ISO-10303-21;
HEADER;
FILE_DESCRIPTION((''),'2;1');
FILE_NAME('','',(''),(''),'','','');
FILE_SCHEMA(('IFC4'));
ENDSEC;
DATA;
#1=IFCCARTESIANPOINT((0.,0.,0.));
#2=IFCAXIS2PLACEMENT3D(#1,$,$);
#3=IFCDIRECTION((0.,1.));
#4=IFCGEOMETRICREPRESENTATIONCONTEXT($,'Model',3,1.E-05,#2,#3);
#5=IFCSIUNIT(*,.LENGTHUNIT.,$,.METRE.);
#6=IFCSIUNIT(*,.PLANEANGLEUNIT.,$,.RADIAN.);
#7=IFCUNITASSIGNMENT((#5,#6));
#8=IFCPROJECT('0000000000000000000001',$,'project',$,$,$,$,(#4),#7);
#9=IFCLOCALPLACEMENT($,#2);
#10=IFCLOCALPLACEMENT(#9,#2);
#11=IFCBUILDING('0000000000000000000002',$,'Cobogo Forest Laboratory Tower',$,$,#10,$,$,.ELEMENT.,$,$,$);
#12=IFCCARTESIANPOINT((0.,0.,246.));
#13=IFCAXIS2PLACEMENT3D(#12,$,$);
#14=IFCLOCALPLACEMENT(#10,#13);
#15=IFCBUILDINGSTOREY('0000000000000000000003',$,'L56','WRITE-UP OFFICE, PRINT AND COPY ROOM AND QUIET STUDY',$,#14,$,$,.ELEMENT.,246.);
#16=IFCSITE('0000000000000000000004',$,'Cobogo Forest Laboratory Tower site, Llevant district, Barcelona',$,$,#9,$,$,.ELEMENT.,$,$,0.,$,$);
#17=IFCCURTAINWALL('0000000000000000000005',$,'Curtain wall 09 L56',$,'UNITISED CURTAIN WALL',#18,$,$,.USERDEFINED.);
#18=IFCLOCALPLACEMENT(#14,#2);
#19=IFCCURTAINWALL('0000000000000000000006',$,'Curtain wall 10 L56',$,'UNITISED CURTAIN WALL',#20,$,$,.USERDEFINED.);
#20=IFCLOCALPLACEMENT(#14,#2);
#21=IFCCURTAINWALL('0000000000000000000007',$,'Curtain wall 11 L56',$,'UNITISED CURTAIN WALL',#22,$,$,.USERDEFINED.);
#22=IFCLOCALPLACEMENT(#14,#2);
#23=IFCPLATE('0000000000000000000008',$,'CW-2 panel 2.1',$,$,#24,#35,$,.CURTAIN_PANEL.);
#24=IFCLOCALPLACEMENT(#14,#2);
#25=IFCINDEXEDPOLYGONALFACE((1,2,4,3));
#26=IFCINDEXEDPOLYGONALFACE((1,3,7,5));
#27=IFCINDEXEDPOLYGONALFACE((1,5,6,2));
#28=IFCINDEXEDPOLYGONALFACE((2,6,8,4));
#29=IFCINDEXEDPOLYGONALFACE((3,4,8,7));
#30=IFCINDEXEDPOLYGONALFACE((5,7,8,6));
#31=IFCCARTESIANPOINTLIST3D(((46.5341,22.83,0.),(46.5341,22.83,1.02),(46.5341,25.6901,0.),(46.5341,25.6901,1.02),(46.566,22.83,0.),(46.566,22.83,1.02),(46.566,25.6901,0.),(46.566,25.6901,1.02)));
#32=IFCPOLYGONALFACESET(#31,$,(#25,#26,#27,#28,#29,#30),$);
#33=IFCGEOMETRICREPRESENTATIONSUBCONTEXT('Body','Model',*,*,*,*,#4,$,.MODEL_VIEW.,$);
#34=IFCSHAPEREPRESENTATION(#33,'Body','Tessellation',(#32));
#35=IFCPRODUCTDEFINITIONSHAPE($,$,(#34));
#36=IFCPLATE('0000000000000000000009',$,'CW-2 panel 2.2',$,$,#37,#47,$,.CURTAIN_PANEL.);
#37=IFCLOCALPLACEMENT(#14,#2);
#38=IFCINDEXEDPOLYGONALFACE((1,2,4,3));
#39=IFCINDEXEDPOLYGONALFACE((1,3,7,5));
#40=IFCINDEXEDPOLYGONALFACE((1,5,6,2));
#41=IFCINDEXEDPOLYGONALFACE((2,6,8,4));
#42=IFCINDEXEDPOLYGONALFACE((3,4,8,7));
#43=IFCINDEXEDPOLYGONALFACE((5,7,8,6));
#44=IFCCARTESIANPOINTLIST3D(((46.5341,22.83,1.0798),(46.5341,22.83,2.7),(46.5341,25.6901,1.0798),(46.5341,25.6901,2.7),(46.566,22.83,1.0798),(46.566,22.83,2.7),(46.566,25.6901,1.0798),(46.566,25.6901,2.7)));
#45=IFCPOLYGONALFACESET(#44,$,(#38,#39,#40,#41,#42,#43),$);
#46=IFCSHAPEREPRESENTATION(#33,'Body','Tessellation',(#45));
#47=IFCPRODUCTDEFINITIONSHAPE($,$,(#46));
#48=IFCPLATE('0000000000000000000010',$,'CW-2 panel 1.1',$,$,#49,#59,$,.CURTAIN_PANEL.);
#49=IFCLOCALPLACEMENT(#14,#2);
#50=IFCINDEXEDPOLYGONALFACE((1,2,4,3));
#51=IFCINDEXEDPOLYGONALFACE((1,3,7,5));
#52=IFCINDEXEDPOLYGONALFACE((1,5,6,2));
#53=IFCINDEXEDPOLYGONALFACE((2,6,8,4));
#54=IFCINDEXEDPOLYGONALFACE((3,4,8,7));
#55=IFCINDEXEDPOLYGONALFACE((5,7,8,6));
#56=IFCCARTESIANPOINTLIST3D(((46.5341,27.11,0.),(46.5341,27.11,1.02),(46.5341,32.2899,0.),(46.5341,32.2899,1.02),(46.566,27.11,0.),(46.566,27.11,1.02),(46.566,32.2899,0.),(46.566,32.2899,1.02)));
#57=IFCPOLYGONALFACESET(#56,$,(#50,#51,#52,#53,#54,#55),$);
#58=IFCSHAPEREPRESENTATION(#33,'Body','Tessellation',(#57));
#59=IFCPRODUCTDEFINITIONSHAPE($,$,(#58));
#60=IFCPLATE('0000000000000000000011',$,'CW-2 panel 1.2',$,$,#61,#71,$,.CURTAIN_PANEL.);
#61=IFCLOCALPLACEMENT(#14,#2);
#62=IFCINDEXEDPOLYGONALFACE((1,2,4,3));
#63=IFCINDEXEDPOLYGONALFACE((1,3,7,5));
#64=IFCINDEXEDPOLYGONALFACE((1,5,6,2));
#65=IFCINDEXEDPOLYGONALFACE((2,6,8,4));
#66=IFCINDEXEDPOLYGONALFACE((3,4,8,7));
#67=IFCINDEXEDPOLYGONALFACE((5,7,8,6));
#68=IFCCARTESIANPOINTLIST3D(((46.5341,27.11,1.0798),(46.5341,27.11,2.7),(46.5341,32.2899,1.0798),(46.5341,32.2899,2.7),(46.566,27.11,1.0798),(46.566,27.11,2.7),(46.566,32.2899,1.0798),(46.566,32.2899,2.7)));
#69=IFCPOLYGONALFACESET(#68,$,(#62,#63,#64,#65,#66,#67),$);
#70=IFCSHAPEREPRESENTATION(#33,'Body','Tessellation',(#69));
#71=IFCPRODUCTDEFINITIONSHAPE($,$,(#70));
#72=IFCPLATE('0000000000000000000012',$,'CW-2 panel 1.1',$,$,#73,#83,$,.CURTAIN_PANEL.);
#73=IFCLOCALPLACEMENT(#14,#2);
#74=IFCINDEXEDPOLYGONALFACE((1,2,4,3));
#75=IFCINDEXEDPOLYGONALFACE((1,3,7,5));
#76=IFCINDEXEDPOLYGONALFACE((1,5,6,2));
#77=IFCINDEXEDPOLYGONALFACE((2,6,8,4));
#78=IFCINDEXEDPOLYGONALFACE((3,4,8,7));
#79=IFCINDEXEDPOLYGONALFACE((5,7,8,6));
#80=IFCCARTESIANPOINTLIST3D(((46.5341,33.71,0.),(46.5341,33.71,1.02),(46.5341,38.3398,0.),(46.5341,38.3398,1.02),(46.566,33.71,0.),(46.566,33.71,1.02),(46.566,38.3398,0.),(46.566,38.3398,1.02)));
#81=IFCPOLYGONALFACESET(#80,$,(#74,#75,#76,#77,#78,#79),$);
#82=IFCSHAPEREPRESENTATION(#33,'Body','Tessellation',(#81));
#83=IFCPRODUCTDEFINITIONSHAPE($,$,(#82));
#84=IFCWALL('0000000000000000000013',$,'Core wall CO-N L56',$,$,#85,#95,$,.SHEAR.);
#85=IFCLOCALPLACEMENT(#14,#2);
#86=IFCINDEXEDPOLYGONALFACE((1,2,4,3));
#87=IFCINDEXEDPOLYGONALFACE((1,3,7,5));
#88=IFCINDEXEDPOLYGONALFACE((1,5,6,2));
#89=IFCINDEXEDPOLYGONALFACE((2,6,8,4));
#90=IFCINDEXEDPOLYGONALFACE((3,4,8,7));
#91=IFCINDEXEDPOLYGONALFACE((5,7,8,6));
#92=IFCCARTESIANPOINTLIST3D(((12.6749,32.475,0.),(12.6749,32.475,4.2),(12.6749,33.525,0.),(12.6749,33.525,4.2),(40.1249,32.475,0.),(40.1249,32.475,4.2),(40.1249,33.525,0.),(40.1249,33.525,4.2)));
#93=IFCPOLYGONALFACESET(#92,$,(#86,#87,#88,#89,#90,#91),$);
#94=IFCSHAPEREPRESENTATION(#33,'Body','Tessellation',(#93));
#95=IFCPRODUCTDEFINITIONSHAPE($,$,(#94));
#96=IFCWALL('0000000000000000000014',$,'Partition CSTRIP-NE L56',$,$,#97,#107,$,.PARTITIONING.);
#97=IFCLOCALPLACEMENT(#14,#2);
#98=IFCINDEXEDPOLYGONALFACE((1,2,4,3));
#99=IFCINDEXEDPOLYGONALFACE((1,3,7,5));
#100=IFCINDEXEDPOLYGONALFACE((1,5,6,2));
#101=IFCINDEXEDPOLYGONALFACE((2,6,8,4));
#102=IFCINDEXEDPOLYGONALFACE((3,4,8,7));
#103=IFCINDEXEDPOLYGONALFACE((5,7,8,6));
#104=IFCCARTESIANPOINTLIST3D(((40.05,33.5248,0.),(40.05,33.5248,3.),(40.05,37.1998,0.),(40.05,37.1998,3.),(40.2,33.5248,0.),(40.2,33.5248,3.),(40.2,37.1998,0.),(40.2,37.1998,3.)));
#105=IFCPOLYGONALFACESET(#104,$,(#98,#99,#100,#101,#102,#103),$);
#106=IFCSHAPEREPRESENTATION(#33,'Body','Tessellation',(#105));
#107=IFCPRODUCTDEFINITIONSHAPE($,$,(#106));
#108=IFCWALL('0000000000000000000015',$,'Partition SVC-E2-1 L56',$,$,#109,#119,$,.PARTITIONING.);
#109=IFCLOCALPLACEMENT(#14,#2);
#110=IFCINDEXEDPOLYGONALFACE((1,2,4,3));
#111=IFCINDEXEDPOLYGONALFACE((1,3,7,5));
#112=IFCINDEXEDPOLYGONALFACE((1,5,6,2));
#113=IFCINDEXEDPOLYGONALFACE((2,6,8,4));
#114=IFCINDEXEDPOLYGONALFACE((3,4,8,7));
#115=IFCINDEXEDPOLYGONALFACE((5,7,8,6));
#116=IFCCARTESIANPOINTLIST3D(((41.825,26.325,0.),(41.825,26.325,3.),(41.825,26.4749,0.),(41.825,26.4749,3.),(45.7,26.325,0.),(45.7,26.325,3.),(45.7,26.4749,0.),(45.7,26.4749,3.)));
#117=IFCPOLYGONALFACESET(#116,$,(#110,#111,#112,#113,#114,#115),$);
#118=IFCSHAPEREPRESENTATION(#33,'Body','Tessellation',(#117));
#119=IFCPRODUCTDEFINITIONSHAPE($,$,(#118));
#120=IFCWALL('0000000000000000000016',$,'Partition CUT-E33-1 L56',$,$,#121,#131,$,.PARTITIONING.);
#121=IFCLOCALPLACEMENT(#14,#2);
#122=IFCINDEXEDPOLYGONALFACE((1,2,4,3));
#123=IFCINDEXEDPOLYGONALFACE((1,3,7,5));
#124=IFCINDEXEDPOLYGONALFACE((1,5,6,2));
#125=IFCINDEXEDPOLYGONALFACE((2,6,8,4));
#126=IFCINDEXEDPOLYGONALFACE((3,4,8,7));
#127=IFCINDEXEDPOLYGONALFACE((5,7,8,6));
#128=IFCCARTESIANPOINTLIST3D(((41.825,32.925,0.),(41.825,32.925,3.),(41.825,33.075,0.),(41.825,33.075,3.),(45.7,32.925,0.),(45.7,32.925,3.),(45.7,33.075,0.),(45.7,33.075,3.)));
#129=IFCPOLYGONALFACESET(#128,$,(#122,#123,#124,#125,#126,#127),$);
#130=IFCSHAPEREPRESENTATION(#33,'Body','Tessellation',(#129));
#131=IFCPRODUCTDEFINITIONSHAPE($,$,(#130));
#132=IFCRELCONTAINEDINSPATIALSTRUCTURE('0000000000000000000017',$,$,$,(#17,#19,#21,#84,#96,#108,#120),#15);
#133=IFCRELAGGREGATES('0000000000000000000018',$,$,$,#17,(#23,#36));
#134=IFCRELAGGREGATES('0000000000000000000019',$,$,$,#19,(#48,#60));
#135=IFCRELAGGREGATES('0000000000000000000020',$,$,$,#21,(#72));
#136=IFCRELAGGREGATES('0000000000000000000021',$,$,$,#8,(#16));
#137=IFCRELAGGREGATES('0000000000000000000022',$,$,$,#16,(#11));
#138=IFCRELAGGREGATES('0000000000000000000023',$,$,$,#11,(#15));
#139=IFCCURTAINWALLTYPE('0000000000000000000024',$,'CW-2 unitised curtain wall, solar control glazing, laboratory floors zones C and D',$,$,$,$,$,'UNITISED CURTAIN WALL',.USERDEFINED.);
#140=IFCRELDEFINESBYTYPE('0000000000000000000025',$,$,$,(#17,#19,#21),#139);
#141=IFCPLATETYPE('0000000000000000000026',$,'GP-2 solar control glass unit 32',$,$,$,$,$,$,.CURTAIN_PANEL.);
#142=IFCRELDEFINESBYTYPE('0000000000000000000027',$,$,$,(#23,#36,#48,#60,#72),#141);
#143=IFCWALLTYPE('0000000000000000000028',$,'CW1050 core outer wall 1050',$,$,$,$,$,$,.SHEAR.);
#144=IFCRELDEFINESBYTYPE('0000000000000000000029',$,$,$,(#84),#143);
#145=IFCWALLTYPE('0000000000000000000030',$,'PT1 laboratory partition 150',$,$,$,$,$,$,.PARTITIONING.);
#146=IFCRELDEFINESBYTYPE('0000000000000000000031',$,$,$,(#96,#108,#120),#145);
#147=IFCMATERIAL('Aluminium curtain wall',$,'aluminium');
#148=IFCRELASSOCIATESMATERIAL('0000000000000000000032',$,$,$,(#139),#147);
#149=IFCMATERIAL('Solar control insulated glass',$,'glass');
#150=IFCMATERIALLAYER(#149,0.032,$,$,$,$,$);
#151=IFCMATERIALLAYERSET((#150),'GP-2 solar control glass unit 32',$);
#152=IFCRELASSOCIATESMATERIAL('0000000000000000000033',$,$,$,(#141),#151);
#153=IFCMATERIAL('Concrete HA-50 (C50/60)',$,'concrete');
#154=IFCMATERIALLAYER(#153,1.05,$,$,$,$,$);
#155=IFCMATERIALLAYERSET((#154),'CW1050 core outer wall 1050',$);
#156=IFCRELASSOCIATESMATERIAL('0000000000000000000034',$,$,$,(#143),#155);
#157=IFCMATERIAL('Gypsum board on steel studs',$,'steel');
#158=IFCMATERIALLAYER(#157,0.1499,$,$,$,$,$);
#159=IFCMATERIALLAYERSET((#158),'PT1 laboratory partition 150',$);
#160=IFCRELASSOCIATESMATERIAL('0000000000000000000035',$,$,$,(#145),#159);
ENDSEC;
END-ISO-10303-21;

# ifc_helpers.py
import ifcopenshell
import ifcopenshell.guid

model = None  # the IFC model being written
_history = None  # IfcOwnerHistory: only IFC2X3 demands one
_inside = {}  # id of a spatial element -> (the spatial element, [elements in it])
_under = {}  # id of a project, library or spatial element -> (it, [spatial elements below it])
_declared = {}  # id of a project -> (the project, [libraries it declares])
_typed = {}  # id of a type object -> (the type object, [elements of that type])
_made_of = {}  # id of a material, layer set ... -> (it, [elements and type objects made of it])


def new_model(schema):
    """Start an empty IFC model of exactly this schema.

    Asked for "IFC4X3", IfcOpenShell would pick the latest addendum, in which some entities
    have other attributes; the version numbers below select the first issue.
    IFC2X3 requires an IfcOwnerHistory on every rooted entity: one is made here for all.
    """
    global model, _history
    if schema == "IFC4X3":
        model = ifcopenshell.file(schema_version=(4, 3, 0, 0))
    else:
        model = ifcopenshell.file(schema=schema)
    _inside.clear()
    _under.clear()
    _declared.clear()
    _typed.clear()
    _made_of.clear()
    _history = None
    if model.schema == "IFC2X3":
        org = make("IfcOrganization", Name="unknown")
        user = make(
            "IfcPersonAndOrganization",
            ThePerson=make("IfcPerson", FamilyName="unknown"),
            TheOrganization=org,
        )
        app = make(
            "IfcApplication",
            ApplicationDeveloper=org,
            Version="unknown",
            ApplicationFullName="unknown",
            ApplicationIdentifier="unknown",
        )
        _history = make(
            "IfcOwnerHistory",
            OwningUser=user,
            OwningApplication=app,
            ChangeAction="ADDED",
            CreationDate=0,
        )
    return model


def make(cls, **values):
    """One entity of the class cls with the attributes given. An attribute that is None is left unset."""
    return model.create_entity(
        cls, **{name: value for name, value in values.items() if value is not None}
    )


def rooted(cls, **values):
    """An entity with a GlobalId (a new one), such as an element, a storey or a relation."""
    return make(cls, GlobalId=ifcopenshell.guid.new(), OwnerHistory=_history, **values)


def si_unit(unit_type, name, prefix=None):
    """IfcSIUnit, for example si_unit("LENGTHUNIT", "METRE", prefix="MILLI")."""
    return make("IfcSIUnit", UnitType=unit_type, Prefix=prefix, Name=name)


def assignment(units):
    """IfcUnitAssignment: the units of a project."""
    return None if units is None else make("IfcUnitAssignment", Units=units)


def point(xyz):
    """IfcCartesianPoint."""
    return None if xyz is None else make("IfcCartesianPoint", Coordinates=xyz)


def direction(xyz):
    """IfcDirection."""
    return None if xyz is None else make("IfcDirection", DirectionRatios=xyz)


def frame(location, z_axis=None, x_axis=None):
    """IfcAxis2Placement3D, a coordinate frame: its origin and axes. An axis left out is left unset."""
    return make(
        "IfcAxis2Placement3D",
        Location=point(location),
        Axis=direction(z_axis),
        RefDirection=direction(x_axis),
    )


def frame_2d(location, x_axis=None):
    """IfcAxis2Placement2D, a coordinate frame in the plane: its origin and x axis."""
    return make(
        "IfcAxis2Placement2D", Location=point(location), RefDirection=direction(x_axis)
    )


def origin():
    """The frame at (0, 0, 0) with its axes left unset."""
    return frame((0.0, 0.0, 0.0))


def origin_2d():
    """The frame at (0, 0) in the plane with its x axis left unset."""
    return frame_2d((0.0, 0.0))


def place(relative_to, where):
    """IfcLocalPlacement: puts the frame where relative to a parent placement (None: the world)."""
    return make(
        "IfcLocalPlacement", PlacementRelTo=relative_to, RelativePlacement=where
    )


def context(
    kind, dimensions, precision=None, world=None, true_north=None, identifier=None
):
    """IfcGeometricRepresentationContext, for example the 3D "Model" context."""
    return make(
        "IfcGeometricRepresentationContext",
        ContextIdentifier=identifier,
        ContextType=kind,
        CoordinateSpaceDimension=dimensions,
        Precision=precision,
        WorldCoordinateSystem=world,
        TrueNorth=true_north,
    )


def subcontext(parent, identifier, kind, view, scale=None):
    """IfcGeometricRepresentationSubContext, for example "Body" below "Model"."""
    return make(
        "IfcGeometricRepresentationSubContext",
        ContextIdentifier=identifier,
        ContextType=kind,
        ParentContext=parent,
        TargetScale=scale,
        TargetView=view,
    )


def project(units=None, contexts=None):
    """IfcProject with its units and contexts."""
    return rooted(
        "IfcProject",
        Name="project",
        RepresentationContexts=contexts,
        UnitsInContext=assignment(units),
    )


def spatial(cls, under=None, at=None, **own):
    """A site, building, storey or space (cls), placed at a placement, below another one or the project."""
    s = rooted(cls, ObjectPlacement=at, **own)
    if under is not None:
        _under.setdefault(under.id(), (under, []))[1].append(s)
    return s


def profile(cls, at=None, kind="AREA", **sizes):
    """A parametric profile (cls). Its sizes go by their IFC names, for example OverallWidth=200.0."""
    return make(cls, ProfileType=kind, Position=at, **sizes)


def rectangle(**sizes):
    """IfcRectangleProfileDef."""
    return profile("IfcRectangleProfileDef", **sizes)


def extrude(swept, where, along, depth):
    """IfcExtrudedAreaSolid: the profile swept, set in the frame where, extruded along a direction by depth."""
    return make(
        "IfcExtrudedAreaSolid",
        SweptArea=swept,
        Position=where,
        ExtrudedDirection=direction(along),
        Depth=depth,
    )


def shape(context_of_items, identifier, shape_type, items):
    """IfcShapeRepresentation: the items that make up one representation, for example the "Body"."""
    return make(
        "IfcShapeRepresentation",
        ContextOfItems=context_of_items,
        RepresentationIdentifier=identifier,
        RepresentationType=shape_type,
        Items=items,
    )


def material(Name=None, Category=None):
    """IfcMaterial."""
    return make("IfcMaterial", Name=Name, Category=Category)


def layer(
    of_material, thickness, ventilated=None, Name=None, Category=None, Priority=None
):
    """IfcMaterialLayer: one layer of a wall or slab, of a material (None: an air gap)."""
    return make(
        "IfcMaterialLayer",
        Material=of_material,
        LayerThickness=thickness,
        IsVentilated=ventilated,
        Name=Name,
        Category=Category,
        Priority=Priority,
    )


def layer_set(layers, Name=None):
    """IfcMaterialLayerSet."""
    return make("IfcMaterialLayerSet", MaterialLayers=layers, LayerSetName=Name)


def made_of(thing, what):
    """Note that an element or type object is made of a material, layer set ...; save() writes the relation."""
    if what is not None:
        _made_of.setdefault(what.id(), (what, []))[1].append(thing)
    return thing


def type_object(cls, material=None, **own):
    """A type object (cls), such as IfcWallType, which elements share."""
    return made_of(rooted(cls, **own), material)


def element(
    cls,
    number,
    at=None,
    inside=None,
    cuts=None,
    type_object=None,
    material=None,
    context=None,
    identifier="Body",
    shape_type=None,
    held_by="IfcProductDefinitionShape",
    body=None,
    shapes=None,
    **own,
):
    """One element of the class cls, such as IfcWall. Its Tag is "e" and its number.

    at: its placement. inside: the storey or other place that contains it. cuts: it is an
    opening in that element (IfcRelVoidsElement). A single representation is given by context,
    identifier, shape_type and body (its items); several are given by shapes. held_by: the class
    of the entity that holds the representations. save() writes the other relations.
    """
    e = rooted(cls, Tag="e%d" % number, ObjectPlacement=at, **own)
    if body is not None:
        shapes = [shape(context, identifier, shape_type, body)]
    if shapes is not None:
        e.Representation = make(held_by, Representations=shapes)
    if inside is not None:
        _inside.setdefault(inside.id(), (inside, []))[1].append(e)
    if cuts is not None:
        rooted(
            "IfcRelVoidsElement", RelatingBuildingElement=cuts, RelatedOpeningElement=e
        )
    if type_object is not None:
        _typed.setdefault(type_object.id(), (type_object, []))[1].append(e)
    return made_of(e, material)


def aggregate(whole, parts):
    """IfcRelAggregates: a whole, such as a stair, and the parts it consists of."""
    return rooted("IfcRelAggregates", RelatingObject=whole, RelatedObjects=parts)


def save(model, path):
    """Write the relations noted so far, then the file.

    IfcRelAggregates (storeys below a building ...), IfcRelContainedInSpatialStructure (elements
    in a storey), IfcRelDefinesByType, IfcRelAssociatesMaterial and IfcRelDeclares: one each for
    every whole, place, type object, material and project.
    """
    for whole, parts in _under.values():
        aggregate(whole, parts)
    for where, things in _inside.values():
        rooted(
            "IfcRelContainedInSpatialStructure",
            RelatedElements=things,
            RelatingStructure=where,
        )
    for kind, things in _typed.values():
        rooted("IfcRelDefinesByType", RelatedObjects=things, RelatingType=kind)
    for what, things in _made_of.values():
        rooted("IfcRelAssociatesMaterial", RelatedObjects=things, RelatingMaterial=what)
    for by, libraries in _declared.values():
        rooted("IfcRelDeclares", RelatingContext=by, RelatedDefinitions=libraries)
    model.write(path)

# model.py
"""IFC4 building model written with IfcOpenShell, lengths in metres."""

from ifc_helpers import new_model, si_unit, direction, frame, frame_2d, origin, origin_2d, place, context, subcontext, project, spatial, rectangle, extrude, material, layer, layer_set, type_object, element, aggregate, save


model = new_model("IFC4")

# Units and contexts
model_context = context("Model", 3, precision=1e-05, world=origin(), true_north=direction((0.0, 1.0)))
body_context = subcontext(model_context, "Body", "Model", "MODEL_VIEW")
ifc_project = project(units=[si_unit("LENGTHUNIT", "METRE"), si_unit("PLANEANGLEUNIT", "RADIAN")], contexts=[model_context])

# Site, building, storey
site_placement = place(None, origin())
site = spatial("IfcSite", under=ifc_project, at=site_placement, Name="Cobogo Forest Laboratory Tower site, Llevant district, Barcelona", CompositionType="ELEMENT", RefElevation=0.0)
building_placement = place(site_placement, origin())
building = spatial("IfcBuilding", under=site, at=building_placement, Name="Cobogo Forest Laboratory Tower", CompositionType="ELEMENT")
storey_placement = place(building_placement, frame((0.0, 0.0, 246.0)))
storey = spatial("IfcBuildingStorey", under=building, at=storey_placement, Name="L56", Description="WRITE-UP OFFICE, PRINT AND COPY ROOM AND QUIET STUDY", CompositionType="ELEMENT", Elevation=246.0)

# Shared definitions
ifc_material_1 = material(Name="Concrete HA-50 (C50/60)", Category="concrete")

# Curtain wall
ifc_material_2 = material(Name="Aluminium curtain wall", Category="aluminium")
curtain_wall_type = type_object("IfcCurtainWallType", Name="CW-2 unitised curtain wall, solar control glazing, laboratory floors zones C and D", ElementType="UNITISED CURTAIN WALL", PredefinedType="USERDEFINED", material=ifc_material_2)
curtain_wall_1_placement = place(storey_placement, origin())
curtain_wall_1 = element("IfcCurtainWall", 1, at=curtain_wall_1_placement, inside=storey, type_object=curtain_wall_type, Name="Curtain wall 09 L56", ObjectType="UNITISED CURTAIN WALL", PredefinedType="USERDEFINED")

# Curtain wall
curtain_wall_2_placement = place(storey_placement, origin())
curtain_wall_2 = element("IfcCurtainWall", 2, at=curtain_wall_2_placement, inside=storey, type_object=curtain_wall_type, Name="Curtain wall 10 L56", ObjectType="UNITISED CURTAIN WALL", PredefinedType="USERDEFINED")

# Curtain wall
curtain_wall_3_placement = place(storey_placement, origin())
curtain_wall_3 = element("IfcCurtainWall", 3, at=curtain_wall_3_placement, inside=storey, type_object=curtain_wall_type, Name="Curtain wall 11 L56", ObjectType="UNITISED CURTAIN WALL", PredefinedType="USERDEFINED")

# Plates
ifc_material_3 = material(Name="Solar control insulated glass", Category="glass")
ifc_layer_1 = layer(ifc_material_3, 0.032)
ifc_layer_set_1 = layer_set([ifc_layer_1], Name="GP-2 solar control glass unit 32")
plate_type_1 = type_object("IfcPlateType", Name="GP-2 solar control glass unit 32", PredefinedType="CURTAIN_PANEL", material=ifc_layer_set_1)
plate_1_placement = place(storey_placement, frame((46.55, 24.26, 0.0), z_axis=(0.0, 0.0, 1.0), x_axis=(0.0, 1.0, 0.0)))
plate_1 = element("IfcPlate", 4, at=plate_1_placement, type_object=plate_type_1, Name="CW-2 panel 2.1", PredefinedType="CURTAIN_PANEL", context=body_context, shape_type="SweptSolid", body=[
    extrude(rectangle(XDim=2.8601, YDim=0.032, at=origin_2d()), origin(), (0.0, 0.0, 1.0), 1.02),
])
plate_2_placement = place(storey_placement, frame((46.55, 24.26, 1.0798), z_axis=(0.0, 0.0, 1.0), x_axis=(0.0, 1.0, 0.0)))
plate_2 = element("IfcPlate", 5, at=plate_2_placement, type_object=plate_type_1, Name="CW-2 panel 2.2", PredefinedType="CURTAIN_PANEL", context=body_context, shape_type="SweptSolid", body=[
    extrude(rectangle(XDim=2.8601, YDim=0.032, at=origin_2d()), origin(), (0.0, 0.0, 1.0), 1.6201),
])
aggregate(curtain_wall_1, [plate_1, plate_2])
plate_3_placement = place(storey_placement, frame((46.55, 29.7, 0.0), z_axis=(0.0, 0.0, 1.0), x_axis=(0.0, 1.0, 0.0)))
plate_3 = element("IfcPlate", 6, at=plate_3_placement, type_object=plate_type_1, Name="CW-2 panel 1.1", PredefinedType="CURTAIN_PANEL", context=body_context, shape_type="SweptSolid", body=[
    extrude(rectangle(XDim=5.1799, YDim=0.032, at=origin_2d()), origin(), (0.0, 0.0, 1.0), 1.02),
])
plate_4_placement = place(storey_placement, frame((46.55, 29.7, 1.0798), z_axis=(0.0, 0.0, 1.0), x_axis=(0.0, 1.0, 0.0)))
plate_4 = element("IfcPlate", 7, at=plate_4_placement, type_object=plate_type_1, Name="CW-2 panel 1.2", PredefinedType="CURTAIN_PANEL", context=body_context, shape_type="SweptSolid", body=[
    extrude(rectangle(XDim=5.1799, YDim=0.032, at=origin_2d()), origin(), (0.0, 0.0, 1.0), 1.6201),
])
aggregate(curtain_wall_2, [plate_3, plate_4])
plate_5_placement = place(storey_placement, frame((46.55, 36.0249, 0.0), z_axis=(0.0, 0.0, 1.0), x_axis=(0.0, 1.0, 0.0)))
plate_5 = element("IfcPlate", 8, at=plate_5_placement, type_object=plate_type_1, Name="CW-2 panel 1.1", PredefinedType="CURTAIN_PANEL", context=body_context, shape_type="SweptSolid", body=[
    extrude(rectangle(XDim=4.6299, YDim=0.032, at=origin_2d()), origin(), (0.0, 0.0, 1.0), 1.02),
])
aggregate(curtain_wall_3, [plate_5])

# Walls
ifc_layer_2 = layer(ifc_material_1, 1.05)
ifc_layer_set_2 = layer_set([ifc_layer_2], Name="CW1050 core outer wall 1050")
wall_type_1 = type_object("IfcWallType", Name="CW1050 core outer wall 1050", PredefinedType="SHEAR", material=ifc_layer_set_2)
wall_1_placement = place(storey_placement, frame((40.125, 33.0, 0.0), z_axis=(0.0, 0.0, 1.0), x_axis=(-1.0, 0.0, 0.0)))
element("IfcWall", 9, at=wall_1_placement, inside=storey, type_object=wall_type_1, Name="Core wall CO-N L56", PredefinedType="SHEAR", context=body_context, shape_type="SweptSolid", body=[
    extrude(rectangle(XDim=27.45, YDim=1.05, at=frame_2d((13.7251, 0.0))), origin(), (0.0, 0.0, 1.0), 4.2),
])
ifc_material_4 = material(Name="Gypsum board on steel studs", Category="steel")
ifc_layer_3 = layer(ifc_material_4, 0.1499)
ifc_layer_set_3 = layer_set([ifc_layer_3], Name="PT1 laboratory partition 150")
wall_type_2 = type_object("IfcWallType", Name="PT1 laboratory partition 150", PredefinedType="PARTITIONING", material=ifc_layer_set_3)
wall_2_placement = place(storey_placement, frame((40.125, 33.5249, 0.0), z_axis=(0.0, 0.0, 1.0), x_axis=(0.0, 1.0, 0.0)))
element("IfcWall", 10, at=wall_2_placement, inside=storey, type_object=wall_type_2, Name="Partition CSTRIP-NE L56", PredefinedType="PARTITIONING", context=body_context, shape_type="SweptSolid", body=[
    extrude(rectangle(XDim=3.675, YDim=0.1499, at=frame_2d((1.8374, 0.0))), origin(), (0.0, 0.0, 1.0), 3.0),
])
for number, where, z_axis, x_axis, name in (
    (11, (45.7, 26.3999, 0.0), (0.0, 0.0, 1.0), (-1.0, 0.0, 0.0), "Partition SVC-E2-1 L56"),
    (12, (45.7, 33.0, 0.0), (0.0, 0.0, 1.0), (-1.0, 0.0, 0.0), "Partition CUT-E33-1 L56"),
):
    element("IfcWall", number, at=place(storey_placement, frame(where, z_axis=z_axis, x_axis=x_axis)), inside=storey, type_object=wall_type_2, Name=name, PredefinedType="PARTITIONING", context=body_context, shape_type="SweptSolid", body=[
        extrude(rectangle(XDim=3.875, YDim=0.1499, at=frame_2d((1.9375, 0.0))), origin(), (0.0, 0.0, 1.0), 3.0),
    ])

save(model, "model.ifc")
